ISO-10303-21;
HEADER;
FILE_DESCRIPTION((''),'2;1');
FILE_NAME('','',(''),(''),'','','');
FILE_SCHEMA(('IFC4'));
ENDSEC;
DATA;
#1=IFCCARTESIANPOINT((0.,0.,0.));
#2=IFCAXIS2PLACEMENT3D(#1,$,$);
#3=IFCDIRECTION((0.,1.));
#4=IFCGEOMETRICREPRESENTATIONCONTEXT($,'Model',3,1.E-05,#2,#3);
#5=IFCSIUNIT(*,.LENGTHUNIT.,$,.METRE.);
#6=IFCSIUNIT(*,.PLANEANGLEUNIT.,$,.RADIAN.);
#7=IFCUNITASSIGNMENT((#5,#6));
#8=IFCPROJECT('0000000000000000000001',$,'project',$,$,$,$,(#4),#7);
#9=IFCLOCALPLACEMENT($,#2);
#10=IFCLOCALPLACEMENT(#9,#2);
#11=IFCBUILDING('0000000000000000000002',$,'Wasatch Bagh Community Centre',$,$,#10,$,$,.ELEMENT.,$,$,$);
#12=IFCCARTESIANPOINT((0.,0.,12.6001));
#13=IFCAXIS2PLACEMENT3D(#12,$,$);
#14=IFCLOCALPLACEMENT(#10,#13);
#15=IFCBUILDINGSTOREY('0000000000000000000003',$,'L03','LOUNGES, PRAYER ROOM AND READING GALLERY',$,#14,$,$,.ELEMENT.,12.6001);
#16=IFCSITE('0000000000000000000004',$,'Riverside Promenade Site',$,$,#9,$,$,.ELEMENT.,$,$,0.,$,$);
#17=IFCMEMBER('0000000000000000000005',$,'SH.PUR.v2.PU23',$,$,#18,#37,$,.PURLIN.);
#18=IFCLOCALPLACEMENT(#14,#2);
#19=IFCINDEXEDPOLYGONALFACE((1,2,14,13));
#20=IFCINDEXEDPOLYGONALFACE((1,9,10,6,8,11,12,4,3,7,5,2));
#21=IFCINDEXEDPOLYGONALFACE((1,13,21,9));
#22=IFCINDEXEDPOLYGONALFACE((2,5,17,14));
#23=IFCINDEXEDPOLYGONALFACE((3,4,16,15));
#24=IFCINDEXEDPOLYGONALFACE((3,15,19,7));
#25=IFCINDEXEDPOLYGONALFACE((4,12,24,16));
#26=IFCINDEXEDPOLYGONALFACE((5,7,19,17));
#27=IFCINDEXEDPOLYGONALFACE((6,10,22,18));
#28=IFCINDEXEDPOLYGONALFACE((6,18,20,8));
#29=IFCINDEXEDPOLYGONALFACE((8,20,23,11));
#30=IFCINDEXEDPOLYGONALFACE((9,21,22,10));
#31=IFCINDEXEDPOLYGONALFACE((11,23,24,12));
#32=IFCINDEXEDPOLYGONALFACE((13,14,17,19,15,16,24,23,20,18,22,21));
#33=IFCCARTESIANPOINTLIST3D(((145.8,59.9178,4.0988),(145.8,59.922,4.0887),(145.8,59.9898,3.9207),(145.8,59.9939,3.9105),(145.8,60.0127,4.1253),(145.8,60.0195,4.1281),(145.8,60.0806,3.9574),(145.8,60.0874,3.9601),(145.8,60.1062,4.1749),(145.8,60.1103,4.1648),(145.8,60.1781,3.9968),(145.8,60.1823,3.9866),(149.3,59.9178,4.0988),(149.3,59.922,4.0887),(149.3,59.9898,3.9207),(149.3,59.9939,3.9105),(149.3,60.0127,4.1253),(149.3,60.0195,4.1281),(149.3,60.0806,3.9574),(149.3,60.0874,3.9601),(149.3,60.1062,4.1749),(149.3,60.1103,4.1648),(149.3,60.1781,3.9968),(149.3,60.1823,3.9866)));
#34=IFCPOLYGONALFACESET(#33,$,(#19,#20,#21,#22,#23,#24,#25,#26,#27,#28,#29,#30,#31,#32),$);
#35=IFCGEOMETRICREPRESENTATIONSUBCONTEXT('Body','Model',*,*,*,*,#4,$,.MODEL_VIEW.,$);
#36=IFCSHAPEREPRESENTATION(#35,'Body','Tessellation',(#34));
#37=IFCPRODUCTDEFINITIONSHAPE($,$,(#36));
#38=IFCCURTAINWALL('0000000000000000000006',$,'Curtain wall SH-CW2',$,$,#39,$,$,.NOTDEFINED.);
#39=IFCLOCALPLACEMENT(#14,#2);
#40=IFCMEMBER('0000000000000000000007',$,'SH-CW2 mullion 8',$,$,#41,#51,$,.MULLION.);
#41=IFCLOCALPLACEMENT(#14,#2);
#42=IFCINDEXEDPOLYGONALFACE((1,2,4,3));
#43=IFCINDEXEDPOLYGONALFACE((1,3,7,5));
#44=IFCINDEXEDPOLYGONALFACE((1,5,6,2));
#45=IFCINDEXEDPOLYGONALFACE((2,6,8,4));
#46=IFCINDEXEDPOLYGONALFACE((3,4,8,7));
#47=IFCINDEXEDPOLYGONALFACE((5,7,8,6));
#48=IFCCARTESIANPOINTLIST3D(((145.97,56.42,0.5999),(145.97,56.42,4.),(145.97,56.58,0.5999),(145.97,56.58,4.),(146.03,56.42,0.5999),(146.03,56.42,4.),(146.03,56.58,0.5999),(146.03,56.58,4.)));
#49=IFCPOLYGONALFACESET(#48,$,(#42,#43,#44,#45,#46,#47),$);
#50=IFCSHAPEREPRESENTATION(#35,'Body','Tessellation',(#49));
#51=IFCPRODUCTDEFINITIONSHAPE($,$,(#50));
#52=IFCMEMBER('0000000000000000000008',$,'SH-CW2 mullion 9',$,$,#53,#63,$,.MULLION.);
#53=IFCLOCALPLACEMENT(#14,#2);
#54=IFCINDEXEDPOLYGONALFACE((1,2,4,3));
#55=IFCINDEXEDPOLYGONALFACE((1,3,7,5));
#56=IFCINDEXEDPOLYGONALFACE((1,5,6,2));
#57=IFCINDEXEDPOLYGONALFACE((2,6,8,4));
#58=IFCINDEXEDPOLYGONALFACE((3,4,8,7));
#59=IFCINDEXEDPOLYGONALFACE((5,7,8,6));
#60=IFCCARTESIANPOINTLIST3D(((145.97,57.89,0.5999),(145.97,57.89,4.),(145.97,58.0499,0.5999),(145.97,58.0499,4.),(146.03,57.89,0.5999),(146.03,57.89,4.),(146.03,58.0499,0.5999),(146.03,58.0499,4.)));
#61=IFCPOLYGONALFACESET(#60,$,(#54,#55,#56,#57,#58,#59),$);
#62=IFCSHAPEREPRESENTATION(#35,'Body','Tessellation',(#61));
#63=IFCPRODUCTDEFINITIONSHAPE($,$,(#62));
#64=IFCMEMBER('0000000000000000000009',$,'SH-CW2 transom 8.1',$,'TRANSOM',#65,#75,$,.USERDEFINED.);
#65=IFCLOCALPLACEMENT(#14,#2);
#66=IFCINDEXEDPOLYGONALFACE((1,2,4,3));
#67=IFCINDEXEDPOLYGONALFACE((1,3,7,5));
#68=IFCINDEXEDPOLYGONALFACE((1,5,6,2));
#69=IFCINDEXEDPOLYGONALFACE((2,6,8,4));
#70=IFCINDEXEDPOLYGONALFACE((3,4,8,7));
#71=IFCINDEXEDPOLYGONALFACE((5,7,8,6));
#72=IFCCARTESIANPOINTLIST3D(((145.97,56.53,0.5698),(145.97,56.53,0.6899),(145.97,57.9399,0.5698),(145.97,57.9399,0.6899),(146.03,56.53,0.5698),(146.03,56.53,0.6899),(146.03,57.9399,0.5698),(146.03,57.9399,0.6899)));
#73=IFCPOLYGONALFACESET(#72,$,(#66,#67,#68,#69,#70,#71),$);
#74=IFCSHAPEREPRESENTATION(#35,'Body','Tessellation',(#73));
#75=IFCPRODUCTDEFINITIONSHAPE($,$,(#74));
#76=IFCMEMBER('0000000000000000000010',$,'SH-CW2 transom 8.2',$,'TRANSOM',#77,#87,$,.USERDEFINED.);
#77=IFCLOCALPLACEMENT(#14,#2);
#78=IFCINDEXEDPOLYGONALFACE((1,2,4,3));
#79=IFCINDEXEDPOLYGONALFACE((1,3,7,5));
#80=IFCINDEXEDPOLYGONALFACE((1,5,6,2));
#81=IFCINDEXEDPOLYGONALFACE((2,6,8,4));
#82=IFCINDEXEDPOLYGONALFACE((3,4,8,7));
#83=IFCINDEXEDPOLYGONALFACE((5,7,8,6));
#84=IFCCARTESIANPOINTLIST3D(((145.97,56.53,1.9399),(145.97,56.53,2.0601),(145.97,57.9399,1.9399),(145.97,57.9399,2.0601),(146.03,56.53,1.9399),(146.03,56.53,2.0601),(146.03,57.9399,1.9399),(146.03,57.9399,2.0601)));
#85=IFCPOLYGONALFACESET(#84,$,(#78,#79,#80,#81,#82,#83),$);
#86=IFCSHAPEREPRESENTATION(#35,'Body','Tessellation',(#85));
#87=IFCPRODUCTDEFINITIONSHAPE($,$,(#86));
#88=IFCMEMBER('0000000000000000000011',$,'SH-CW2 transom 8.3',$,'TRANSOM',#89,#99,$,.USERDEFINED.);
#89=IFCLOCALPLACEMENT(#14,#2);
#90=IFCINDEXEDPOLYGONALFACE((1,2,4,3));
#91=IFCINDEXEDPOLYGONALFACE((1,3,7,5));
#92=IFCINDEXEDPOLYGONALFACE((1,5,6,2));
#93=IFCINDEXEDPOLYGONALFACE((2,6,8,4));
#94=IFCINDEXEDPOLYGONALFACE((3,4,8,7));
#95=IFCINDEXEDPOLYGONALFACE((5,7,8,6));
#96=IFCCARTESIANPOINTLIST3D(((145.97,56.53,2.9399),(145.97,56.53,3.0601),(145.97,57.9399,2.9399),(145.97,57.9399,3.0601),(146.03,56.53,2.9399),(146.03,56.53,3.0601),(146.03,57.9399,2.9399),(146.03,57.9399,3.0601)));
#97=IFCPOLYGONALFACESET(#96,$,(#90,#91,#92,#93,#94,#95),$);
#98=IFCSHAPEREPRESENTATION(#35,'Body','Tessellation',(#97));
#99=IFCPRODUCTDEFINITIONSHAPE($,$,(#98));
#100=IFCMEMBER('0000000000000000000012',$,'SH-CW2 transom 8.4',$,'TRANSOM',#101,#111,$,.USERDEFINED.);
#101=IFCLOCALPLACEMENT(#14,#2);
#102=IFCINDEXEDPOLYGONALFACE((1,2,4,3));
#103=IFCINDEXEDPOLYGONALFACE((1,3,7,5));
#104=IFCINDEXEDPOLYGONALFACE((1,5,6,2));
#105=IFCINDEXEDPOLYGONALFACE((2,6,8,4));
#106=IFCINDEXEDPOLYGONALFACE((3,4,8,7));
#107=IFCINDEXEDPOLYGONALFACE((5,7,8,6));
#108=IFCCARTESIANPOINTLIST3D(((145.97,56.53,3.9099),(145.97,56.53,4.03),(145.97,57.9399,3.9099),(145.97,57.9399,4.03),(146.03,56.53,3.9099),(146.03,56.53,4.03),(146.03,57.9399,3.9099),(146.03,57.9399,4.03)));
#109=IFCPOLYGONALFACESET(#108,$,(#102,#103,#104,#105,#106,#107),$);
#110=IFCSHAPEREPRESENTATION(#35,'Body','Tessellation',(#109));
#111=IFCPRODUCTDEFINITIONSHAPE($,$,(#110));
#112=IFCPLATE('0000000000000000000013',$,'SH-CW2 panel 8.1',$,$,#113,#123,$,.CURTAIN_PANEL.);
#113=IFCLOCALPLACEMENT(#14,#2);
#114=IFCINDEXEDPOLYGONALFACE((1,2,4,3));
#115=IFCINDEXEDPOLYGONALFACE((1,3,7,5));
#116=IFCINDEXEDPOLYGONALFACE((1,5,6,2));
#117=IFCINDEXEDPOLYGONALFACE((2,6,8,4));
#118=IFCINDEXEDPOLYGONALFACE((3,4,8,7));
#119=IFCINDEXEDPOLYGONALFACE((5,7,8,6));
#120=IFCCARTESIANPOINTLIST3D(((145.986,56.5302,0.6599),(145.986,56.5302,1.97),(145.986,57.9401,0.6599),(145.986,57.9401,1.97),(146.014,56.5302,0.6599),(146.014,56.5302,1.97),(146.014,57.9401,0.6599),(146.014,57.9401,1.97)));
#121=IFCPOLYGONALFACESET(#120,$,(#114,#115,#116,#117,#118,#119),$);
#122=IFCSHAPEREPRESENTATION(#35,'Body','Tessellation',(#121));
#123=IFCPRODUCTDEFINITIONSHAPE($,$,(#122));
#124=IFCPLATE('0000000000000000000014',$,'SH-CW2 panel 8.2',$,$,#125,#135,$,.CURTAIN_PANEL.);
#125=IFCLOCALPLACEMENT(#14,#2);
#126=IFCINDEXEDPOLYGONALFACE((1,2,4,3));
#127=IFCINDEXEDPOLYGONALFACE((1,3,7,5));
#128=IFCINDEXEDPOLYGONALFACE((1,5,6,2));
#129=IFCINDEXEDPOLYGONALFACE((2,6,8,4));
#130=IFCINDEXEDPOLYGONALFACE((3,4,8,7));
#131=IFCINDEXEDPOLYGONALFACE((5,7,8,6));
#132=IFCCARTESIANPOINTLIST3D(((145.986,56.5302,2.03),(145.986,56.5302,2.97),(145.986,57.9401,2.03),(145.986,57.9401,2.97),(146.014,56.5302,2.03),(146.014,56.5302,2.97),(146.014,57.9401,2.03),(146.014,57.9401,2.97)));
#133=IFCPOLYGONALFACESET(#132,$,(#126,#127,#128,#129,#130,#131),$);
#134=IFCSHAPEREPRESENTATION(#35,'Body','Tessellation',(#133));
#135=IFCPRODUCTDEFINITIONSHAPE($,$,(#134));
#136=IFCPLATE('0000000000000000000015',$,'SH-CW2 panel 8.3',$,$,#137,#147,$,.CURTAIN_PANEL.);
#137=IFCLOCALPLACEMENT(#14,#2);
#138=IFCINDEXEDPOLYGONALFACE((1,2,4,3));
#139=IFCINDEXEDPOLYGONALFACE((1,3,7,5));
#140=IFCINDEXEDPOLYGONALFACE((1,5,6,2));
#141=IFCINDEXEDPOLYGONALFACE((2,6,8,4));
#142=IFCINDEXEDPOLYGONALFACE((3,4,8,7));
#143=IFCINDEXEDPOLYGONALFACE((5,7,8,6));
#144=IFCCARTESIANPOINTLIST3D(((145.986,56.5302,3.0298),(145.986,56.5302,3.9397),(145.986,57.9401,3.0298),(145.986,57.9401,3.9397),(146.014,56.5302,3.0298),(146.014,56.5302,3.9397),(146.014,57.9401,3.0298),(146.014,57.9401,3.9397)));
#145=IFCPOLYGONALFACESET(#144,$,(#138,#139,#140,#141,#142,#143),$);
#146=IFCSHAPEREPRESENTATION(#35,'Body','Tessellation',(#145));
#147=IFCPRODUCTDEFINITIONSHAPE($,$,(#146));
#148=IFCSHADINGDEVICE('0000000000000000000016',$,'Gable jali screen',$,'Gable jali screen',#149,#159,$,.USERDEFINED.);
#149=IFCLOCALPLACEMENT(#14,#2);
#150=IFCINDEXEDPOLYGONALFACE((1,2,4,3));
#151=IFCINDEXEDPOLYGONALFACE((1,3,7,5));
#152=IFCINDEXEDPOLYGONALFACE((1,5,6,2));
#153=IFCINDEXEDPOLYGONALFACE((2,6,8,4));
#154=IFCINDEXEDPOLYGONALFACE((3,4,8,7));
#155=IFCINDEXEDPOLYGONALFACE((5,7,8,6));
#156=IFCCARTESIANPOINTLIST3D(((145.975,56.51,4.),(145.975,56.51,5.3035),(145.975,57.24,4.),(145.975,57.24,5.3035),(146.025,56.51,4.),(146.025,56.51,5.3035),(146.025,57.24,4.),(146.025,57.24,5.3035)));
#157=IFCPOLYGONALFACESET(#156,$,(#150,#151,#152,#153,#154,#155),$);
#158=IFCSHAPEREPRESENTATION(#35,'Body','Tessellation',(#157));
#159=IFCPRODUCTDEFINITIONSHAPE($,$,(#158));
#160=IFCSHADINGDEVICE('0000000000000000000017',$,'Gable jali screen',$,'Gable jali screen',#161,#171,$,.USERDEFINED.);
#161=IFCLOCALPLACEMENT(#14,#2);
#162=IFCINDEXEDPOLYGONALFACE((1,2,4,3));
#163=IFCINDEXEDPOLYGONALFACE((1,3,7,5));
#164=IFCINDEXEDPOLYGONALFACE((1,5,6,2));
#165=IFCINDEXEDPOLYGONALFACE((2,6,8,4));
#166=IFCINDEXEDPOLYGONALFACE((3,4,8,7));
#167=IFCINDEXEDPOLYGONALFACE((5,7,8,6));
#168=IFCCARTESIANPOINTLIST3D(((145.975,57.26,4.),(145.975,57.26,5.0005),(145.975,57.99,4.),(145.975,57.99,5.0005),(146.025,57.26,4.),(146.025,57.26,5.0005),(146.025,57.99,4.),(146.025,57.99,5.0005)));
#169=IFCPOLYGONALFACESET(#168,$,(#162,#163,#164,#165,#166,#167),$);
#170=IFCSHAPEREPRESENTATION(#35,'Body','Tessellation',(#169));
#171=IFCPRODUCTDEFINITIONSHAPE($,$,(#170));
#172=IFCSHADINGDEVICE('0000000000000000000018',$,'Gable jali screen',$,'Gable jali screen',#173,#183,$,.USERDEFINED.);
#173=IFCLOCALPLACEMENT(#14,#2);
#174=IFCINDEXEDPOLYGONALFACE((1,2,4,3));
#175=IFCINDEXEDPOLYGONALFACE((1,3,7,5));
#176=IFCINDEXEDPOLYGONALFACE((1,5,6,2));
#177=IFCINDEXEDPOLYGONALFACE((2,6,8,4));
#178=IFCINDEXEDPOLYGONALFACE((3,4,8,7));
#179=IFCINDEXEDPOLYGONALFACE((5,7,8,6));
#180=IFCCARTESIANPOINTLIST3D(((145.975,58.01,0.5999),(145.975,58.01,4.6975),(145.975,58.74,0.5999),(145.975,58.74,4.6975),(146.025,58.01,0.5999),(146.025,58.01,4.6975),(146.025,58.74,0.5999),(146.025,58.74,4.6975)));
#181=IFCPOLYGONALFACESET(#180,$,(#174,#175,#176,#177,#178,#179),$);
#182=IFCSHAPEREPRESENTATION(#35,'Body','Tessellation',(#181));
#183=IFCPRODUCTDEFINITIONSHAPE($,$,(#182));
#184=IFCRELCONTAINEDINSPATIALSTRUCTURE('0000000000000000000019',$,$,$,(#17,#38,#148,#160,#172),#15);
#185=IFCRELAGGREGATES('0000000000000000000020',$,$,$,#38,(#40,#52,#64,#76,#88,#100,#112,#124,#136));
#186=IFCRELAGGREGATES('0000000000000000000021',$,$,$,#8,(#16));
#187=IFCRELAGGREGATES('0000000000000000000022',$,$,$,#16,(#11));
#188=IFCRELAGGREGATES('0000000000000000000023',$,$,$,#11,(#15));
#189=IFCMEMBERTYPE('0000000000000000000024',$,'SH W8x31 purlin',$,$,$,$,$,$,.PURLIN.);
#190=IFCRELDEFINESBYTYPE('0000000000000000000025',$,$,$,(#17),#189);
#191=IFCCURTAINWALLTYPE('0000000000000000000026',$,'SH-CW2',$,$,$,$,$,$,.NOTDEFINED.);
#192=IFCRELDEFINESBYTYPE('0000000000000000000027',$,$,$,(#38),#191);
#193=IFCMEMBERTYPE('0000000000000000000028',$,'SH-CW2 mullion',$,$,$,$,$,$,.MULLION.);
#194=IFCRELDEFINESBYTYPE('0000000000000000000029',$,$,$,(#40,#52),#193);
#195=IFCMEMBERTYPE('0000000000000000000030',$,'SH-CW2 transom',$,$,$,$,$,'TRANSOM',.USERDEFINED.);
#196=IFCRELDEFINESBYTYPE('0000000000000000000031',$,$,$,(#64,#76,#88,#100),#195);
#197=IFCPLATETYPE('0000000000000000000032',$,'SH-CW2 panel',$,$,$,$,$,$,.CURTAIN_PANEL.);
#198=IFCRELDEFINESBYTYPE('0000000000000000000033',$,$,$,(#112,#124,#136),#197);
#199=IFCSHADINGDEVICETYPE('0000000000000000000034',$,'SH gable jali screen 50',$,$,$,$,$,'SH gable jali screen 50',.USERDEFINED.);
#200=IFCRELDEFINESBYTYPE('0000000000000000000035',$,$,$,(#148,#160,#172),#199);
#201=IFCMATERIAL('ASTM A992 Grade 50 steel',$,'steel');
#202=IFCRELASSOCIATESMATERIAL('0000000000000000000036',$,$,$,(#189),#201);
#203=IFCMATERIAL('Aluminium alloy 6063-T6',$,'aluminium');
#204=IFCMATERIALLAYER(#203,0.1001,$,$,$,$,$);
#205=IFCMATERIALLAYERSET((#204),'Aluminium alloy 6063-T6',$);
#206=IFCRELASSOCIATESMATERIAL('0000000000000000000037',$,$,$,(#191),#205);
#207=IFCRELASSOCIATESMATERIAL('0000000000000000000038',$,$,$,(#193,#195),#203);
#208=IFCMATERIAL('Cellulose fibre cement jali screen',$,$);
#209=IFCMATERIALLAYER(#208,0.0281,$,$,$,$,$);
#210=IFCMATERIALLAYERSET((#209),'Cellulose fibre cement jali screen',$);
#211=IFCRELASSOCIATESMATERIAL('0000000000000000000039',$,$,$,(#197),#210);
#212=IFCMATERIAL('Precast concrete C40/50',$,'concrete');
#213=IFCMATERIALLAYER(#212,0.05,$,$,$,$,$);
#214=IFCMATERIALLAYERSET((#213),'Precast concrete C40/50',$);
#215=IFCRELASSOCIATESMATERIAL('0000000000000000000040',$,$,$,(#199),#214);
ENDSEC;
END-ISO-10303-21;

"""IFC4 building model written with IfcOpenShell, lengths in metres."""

from ifc_helpers import new_model, si_unit, direction, frame, origin, origin_2d, place, context, subcontext, project, spatial, rectangle, i_section, extrude, material, layer, layer_set, material_profile, profile_set, type_object, element, aggregate, save


model = new_model("IFC4")

# Units and contexts
model_context = context("Model", 3, precision=1e-05, world=origin(), true_north=direction((0.0, 1.0)))
body_context = subcontext(model_context, "Body", "Model", "MODEL_VIEW")
ifc_project = project(units=[si_unit("LENGTHUNIT", "METRE"), si_unit("PLANEANGLEUNIT", "RADIAN")], contexts=[model_context])

# Site, building, storey
site_placement = place(None, origin())
site = spatial("IfcSite", under=ifc_project, at=site_placement, Name="Riverside Promenade Site", CompositionType="ELEMENT", RefElevation=0.0)
building_placement = place(site_placement, origin())
building = spatial("IfcBuilding", under=site, at=building_placement, Name="Wasatch Bagh Community Centre", CompositionType="ELEMENT")
storey_placement = place(building_placement, frame((0.0, 0.0, 12.6001)))
storey = spatial("IfcBuildingStorey", under=building, at=storey_placement, Name="L03", Description="LOUNGES, PRAYER ROOM AND READING GALLERY", CompositionType="ELEMENT", Elevation=12.6001)

# Member
ifc_material_1 = material(Name="ASTM A992 Grade 50 steel", Category="steel")
ifc_material_profile_1 = material_profile(ifc_material_1, i_section(OverallWidth=0.2031, OverallDepth=0.2031, WebThickness=0.0073, FlangeThickness=0.011, at=origin_2d()), Name="W8x31")
ifc_profile_set_1 = profile_set([ifc_material_profile_1], Name="ASTM A992 Grade 50 steel")
member_type_1 = type_object("IfcMemberType", Name="SH W8x31 purlin", PredefinedType="PURLIN", material=ifc_profile_set_1)
member_1_placement = place(storey_placement, frame((145.8, 60.05, 4.0427), z_axis=(1.0, 0.0, 0.0), x_axis=(0.0, 0.927184, 0.374607)))
element("IfcMember", 1, at=member_1_placement, inside=storey, type_object=member_type_1, Name="SH.PUR.v2.PU23", PredefinedType="PURLIN", context=body_context, shape_type="SweptSolid", body=[
    extrude(i_section(OverallWidth=0.2031, OverallDepth=0.2031, WebThickness=0.0073, FlangeThickness=0.011, at=origin_2d()), origin(), (0.0, 0.0, 1.0), 3.5),
])

# Curtain wall, members, plates
ifc_material_2 = material(Name="Aluminium alloy 6063-T6", Category="aluminium")
ifc_layer_1 = layer(ifc_material_2, 0.1001)
ifc_layer_set_1 = layer_set([ifc_layer_1], Name="Aluminium alloy 6063-T6")
curtain_wall_type = type_object("IfcCurtainWallType", Name="SH-CW2", PredefinedType="NOTDEFINED", material=ifc_layer_set_1)
curtain_wall_placement = place(storey_placement, origin())
curtain_wall = element("IfcCurtainWall", 2, at=curtain_wall_placement, inside=storey, type_object=curtain_wall_type, Name="Curtain wall SH-CW2", PredefinedType="NOTDEFINED")
ifc_material_profile_2 = material_profile(ifc_material_2, rectangle(XDim=0.0601, YDim=0.1599, at=origin_2d()), Name="AL 60x160")
ifc_profile_set_2 = profile_set([ifc_material_profile_2], Name="Aluminium alloy 6063-T6")
member_type_2 = type_object("IfcMemberType", Name="SH-CW2 mullion", PredefinedType="MULLION", material=ifc_profile_set_2)
member_2_placement = place(storey_placement, frame((146.0, 56.5, 0.5999), z_axis=(0.0, 0.0, 1.0), x_axis=(-1.0, 0.0, 0.0)))
member_2 = element("IfcMember", 3, at=member_2_placement, type_object=member_type_2, Name="SH-CW2 mullion 8", PredefinedType="MULLION", context=body_context, shape_type="SweptSolid", body=[
    extrude(rectangle(XDim=0.0601, YDim=0.1599, at=origin_2d()), origin(), (0.0, 0.0, 1.0), 3.4001),
])
member_3_placement = place(storey_placement, frame((146.0, 57.97, 0.5999), z_axis=(0.0, 0.0, 1.0), x_axis=(-1.0, 0.0, 0.0)))
member_3 = element("IfcMember", 4, at=member_3_placement, type_object=member_type_2, Name="SH-CW2 mullion 9", PredefinedType="MULLION", context=body_context, shape_type="SweptSolid", body=[
    extrude(rectangle(XDim=0.0601, YDim=0.1599, at=origin_2d()), origin(), (0.0, 0.0, 1.0), 3.4001),
])
ifc_material_profile_3 = material_profile(ifc_material_2, rectangle(XDim=0.0601, YDim=0.1201, at=origin_2d()), Name="AL 60x120")
ifc_profile_set_3 = profile_set([ifc_material_profile_3], Name="Aluminium alloy 6063-T6")
member_type_3 = type_object("IfcMemberType", Name="SH-CW2 transom", ElementType="TRANSOM", PredefinedType="USERDEFINED", material=ifc_profile_set_3)
member_4_placement = place(storey_placement, frame((146.0, 56.53, 0.6299), z_axis=(0.0, 1.0, 0.0), x_axis=(-1.0, 0.0, 0.0)))
member_4 = element("IfcMember", 5, at=member_4_placement, type_object=member_type_3, Name="SH-CW2 transom 8.1", ObjectType="TRANSOM", PredefinedType="USERDEFINED", context=body_context, shape_type="SweptSolid", body=[
    extrude(rectangle(XDim=0.0601, YDim=0.1201, at=origin_2d()), origin(), (0.0, 0.0, 1.0), 1.4099),
])
member_5_placement = place(storey_placement, frame((146.0, 56.53, 2.0), z_axis=(0.0, 1.0, 0.0), x_axis=(-1.0, 0.0, 0.0)))
member_5 = element("IfcMember", 6, at=member_5_placement, type_object=member_type_3, Name="SH-CW2 transom 8.2", ObjectType="TRANSOM", PredefinedType="USERDEFINED", context=body_context, shape_type="SweptSolid", body=[
    extrude(rectangle(XDim=0.0601, YDim=0.1201, at=origin_2d()), origin(), (0.0, 0.0, 1.0), 1.4099),
])
member_6_placement = place(storey_placement, frame((146.0, 56.53, 3.0), z_axis=(0.0, 1.0, 0.0), x_axis=(-1.0, 0.0, 0.0)))
member_6 = element("IfcMember", 7, at=member_6_placement, type_object=member_type_3, Name="SH-CW2 transom 8.3", ObjectType="TRANSOM", PredefinedType="USERDEFINED", context=body_context, shape_type="SweptSolid", body=[
    extrude(rectangle(XDim=0.0601, YDim=0.1201, at=origin_2d()), origin(), (0.0, 0.0, 1.0), 1.4099),
])
member_7_placement = place(storey_placement, frame((146.0, 56.53, 3.97), z_axis=(0.0, 1.0, 0.0), x_axis=(-1.0, 0.0, 0.0)))
member_7 = element("IfcMember", 8, at=member_7_placement, type_object=member_type_3, Name="SH-CW2 transom 8.4", ObjectType="TRANSOM", PredefinedType="USERDEFINED", context=body_context, shape_type="SweptSolid", body=[
    extrude(rectangle(XDim=0.0601, YDim=0.1201, at=origin_2d()), origin(), (0.0, 0.0, 1.0), 1.4099),
])
ifc_material_3 = material(Name="Cellulose fibre cement jali screen")
ifc_layer_2 = layer(ifc_material_3, 0.0281)
ifc_layer_set_2 = layer_set([ifc_layer_2], Name="Cellulose fibre cement jali screen")
plate_type = type_object("IfcPlateType", Name="SH-CW2 panel", PredefinedType="CURTAIN_PANEL", material=ifc_layer_set_2)
plate_1_placement = place(storey_placement, frame((146.0, 57.2351, 0.6599), z_axis=(0.0, 0.0, 1.0), x_axis=(0.0, 1.0, 0.0)))
plate_1 = element("IfcPlate", 9, at=plate_1_placement, type_object=plate_type, Name="SH-CW2 panel 8.1", PredefinedType="CURTAIN_PANEL", context=body_context, shape_type="SweptSolid", body=[
    extrude(rectangle(XDim=1.4099, YDim=0.0281, at=origin_2d()), origin(), (0.0, 0.0, 1.0), 1.3101),
])
plate_2_placement = place(storey_placement, frame((146.0, 57.2351, 2.03), z_axis=(0.0, 0.0, 1.0), x_axis=(0.0, 1.0, 0.0)))
plate_2 = element("IfcPlate", 10, at=plate_2_placement, type_object=plate_type, Name="SH-CW2 panel 8.2", PredefinedType="CURTAIN_PANEL", context=body_context, shape_type="SweptSolid", body=[
    extrude(rectangle(XDim=1.4099, YDim=0.0281, at=origin_2d()), origin(), (0.0, 0.0, 1.0), 0.9399),
])
plate_3_placement = place(storey_placement, frame((146.0, 57.2351, 3.0298), z_axis=(0.0, 0.0, 1.0), x_axis=(0.0, 1.0, 0.0)))
plate_3 = element("IfcPlate", 11, at=plate_3_placement, type_object=plate_type, Name="SH-CW2 panel 8.3", PredefinedType="CURTAIN_PANEL", context=body_context, shape_type="SweptSolid", body=[
    extrude(rectangle(XDim=1.4099, YDim=0.0281, at=origin_2d()), origin(), (0.0, 0.0, 1.0), 0.9099),
])
aggregate(curtain_wall, [member_2, member_3, member_4, member_5, member_6, member_7, plate_1, plate_2, plate_3])

# Shading devices
ifc_material_4 = material(Name="Precast concrete C40/50", Category="concrete")
ifc_layer_3 = layer(ifc_material_4, 0.05)
ifc_layer_set_3 = layer_set([ifc_layer_3], Name="Precast concrete C40/50")
shading_device_type = type_object("IfcShadingDeviceType", Name="SH gable jali screen 50", ElementType="SH gable jali screen 50", PredefinedType="USERDEFINED", material=ifc_layer_set_3)
shading_device_1_placement = place(storey_placement, frame((146.0, 56.875, 4.0), z_axis=(0.0, 0.0, 1.0), x_axis=(1.0, 0.0, 0.0)))
element("IfcShadingDevice", 12, at=shading_device_1_placement, inside=storey, type_object=shading_device_type, Name="Gable jali screen", ObjectType="Gable jali screen", PredefinedType="USERDEFINED", context=body_context, shape_type="SweptSolid", body=[
    extrude(rectangle(XDim=0.05, YDim=0.73, at=origin_2d()), origin(), (0.0, 0.0, 1.0), 1.3035),
])
shading_device_2_placement = place(storey_placement, frame((146.0, 57.625, 4.0), z_axis=(0.0, 0.0, 1.0), x_axis=(1.0, 0.0, 0.0)))
element("IfcShadingDevice", 13, at=shading_device_2_placement, inside=storey, type_object=shading_device_type, Name="Gable jali screen", ObjectType="Gable jali screen", PredefinedType="USERDEFINED", context=body_context, shape_type="SweptSolid", body=[
    extrude(rectangle(XDim=0.05, YDim=0.73, at=origin_2d()), origin(), (0.0, 0.0, 1.0), 1.0005),
])
shading_device_3_placement = place(storey_placement, frame((146.0, 58.375, 0.5999), z_axis=(0.0, 0.0, 1.0), x_axis=(1.0, 0.0, 0.0)))
element("IfcShadingDevice", 14, at=shading_device_3_placement, inside=storey, type_object=shading_device_type, Name="Gable jali screen", ObjectType="Gable jali screen", PredefinedType="USERDEFINED", context=body_context, shape_type="SweptSolid", body=[
    extrude(rectangle(XDim=0.05, YDim=0.73, at=origin_2d()), origin(), (0.0, 0.0, 1.0), 4.0977),
])

save(model, "model.ifc")
